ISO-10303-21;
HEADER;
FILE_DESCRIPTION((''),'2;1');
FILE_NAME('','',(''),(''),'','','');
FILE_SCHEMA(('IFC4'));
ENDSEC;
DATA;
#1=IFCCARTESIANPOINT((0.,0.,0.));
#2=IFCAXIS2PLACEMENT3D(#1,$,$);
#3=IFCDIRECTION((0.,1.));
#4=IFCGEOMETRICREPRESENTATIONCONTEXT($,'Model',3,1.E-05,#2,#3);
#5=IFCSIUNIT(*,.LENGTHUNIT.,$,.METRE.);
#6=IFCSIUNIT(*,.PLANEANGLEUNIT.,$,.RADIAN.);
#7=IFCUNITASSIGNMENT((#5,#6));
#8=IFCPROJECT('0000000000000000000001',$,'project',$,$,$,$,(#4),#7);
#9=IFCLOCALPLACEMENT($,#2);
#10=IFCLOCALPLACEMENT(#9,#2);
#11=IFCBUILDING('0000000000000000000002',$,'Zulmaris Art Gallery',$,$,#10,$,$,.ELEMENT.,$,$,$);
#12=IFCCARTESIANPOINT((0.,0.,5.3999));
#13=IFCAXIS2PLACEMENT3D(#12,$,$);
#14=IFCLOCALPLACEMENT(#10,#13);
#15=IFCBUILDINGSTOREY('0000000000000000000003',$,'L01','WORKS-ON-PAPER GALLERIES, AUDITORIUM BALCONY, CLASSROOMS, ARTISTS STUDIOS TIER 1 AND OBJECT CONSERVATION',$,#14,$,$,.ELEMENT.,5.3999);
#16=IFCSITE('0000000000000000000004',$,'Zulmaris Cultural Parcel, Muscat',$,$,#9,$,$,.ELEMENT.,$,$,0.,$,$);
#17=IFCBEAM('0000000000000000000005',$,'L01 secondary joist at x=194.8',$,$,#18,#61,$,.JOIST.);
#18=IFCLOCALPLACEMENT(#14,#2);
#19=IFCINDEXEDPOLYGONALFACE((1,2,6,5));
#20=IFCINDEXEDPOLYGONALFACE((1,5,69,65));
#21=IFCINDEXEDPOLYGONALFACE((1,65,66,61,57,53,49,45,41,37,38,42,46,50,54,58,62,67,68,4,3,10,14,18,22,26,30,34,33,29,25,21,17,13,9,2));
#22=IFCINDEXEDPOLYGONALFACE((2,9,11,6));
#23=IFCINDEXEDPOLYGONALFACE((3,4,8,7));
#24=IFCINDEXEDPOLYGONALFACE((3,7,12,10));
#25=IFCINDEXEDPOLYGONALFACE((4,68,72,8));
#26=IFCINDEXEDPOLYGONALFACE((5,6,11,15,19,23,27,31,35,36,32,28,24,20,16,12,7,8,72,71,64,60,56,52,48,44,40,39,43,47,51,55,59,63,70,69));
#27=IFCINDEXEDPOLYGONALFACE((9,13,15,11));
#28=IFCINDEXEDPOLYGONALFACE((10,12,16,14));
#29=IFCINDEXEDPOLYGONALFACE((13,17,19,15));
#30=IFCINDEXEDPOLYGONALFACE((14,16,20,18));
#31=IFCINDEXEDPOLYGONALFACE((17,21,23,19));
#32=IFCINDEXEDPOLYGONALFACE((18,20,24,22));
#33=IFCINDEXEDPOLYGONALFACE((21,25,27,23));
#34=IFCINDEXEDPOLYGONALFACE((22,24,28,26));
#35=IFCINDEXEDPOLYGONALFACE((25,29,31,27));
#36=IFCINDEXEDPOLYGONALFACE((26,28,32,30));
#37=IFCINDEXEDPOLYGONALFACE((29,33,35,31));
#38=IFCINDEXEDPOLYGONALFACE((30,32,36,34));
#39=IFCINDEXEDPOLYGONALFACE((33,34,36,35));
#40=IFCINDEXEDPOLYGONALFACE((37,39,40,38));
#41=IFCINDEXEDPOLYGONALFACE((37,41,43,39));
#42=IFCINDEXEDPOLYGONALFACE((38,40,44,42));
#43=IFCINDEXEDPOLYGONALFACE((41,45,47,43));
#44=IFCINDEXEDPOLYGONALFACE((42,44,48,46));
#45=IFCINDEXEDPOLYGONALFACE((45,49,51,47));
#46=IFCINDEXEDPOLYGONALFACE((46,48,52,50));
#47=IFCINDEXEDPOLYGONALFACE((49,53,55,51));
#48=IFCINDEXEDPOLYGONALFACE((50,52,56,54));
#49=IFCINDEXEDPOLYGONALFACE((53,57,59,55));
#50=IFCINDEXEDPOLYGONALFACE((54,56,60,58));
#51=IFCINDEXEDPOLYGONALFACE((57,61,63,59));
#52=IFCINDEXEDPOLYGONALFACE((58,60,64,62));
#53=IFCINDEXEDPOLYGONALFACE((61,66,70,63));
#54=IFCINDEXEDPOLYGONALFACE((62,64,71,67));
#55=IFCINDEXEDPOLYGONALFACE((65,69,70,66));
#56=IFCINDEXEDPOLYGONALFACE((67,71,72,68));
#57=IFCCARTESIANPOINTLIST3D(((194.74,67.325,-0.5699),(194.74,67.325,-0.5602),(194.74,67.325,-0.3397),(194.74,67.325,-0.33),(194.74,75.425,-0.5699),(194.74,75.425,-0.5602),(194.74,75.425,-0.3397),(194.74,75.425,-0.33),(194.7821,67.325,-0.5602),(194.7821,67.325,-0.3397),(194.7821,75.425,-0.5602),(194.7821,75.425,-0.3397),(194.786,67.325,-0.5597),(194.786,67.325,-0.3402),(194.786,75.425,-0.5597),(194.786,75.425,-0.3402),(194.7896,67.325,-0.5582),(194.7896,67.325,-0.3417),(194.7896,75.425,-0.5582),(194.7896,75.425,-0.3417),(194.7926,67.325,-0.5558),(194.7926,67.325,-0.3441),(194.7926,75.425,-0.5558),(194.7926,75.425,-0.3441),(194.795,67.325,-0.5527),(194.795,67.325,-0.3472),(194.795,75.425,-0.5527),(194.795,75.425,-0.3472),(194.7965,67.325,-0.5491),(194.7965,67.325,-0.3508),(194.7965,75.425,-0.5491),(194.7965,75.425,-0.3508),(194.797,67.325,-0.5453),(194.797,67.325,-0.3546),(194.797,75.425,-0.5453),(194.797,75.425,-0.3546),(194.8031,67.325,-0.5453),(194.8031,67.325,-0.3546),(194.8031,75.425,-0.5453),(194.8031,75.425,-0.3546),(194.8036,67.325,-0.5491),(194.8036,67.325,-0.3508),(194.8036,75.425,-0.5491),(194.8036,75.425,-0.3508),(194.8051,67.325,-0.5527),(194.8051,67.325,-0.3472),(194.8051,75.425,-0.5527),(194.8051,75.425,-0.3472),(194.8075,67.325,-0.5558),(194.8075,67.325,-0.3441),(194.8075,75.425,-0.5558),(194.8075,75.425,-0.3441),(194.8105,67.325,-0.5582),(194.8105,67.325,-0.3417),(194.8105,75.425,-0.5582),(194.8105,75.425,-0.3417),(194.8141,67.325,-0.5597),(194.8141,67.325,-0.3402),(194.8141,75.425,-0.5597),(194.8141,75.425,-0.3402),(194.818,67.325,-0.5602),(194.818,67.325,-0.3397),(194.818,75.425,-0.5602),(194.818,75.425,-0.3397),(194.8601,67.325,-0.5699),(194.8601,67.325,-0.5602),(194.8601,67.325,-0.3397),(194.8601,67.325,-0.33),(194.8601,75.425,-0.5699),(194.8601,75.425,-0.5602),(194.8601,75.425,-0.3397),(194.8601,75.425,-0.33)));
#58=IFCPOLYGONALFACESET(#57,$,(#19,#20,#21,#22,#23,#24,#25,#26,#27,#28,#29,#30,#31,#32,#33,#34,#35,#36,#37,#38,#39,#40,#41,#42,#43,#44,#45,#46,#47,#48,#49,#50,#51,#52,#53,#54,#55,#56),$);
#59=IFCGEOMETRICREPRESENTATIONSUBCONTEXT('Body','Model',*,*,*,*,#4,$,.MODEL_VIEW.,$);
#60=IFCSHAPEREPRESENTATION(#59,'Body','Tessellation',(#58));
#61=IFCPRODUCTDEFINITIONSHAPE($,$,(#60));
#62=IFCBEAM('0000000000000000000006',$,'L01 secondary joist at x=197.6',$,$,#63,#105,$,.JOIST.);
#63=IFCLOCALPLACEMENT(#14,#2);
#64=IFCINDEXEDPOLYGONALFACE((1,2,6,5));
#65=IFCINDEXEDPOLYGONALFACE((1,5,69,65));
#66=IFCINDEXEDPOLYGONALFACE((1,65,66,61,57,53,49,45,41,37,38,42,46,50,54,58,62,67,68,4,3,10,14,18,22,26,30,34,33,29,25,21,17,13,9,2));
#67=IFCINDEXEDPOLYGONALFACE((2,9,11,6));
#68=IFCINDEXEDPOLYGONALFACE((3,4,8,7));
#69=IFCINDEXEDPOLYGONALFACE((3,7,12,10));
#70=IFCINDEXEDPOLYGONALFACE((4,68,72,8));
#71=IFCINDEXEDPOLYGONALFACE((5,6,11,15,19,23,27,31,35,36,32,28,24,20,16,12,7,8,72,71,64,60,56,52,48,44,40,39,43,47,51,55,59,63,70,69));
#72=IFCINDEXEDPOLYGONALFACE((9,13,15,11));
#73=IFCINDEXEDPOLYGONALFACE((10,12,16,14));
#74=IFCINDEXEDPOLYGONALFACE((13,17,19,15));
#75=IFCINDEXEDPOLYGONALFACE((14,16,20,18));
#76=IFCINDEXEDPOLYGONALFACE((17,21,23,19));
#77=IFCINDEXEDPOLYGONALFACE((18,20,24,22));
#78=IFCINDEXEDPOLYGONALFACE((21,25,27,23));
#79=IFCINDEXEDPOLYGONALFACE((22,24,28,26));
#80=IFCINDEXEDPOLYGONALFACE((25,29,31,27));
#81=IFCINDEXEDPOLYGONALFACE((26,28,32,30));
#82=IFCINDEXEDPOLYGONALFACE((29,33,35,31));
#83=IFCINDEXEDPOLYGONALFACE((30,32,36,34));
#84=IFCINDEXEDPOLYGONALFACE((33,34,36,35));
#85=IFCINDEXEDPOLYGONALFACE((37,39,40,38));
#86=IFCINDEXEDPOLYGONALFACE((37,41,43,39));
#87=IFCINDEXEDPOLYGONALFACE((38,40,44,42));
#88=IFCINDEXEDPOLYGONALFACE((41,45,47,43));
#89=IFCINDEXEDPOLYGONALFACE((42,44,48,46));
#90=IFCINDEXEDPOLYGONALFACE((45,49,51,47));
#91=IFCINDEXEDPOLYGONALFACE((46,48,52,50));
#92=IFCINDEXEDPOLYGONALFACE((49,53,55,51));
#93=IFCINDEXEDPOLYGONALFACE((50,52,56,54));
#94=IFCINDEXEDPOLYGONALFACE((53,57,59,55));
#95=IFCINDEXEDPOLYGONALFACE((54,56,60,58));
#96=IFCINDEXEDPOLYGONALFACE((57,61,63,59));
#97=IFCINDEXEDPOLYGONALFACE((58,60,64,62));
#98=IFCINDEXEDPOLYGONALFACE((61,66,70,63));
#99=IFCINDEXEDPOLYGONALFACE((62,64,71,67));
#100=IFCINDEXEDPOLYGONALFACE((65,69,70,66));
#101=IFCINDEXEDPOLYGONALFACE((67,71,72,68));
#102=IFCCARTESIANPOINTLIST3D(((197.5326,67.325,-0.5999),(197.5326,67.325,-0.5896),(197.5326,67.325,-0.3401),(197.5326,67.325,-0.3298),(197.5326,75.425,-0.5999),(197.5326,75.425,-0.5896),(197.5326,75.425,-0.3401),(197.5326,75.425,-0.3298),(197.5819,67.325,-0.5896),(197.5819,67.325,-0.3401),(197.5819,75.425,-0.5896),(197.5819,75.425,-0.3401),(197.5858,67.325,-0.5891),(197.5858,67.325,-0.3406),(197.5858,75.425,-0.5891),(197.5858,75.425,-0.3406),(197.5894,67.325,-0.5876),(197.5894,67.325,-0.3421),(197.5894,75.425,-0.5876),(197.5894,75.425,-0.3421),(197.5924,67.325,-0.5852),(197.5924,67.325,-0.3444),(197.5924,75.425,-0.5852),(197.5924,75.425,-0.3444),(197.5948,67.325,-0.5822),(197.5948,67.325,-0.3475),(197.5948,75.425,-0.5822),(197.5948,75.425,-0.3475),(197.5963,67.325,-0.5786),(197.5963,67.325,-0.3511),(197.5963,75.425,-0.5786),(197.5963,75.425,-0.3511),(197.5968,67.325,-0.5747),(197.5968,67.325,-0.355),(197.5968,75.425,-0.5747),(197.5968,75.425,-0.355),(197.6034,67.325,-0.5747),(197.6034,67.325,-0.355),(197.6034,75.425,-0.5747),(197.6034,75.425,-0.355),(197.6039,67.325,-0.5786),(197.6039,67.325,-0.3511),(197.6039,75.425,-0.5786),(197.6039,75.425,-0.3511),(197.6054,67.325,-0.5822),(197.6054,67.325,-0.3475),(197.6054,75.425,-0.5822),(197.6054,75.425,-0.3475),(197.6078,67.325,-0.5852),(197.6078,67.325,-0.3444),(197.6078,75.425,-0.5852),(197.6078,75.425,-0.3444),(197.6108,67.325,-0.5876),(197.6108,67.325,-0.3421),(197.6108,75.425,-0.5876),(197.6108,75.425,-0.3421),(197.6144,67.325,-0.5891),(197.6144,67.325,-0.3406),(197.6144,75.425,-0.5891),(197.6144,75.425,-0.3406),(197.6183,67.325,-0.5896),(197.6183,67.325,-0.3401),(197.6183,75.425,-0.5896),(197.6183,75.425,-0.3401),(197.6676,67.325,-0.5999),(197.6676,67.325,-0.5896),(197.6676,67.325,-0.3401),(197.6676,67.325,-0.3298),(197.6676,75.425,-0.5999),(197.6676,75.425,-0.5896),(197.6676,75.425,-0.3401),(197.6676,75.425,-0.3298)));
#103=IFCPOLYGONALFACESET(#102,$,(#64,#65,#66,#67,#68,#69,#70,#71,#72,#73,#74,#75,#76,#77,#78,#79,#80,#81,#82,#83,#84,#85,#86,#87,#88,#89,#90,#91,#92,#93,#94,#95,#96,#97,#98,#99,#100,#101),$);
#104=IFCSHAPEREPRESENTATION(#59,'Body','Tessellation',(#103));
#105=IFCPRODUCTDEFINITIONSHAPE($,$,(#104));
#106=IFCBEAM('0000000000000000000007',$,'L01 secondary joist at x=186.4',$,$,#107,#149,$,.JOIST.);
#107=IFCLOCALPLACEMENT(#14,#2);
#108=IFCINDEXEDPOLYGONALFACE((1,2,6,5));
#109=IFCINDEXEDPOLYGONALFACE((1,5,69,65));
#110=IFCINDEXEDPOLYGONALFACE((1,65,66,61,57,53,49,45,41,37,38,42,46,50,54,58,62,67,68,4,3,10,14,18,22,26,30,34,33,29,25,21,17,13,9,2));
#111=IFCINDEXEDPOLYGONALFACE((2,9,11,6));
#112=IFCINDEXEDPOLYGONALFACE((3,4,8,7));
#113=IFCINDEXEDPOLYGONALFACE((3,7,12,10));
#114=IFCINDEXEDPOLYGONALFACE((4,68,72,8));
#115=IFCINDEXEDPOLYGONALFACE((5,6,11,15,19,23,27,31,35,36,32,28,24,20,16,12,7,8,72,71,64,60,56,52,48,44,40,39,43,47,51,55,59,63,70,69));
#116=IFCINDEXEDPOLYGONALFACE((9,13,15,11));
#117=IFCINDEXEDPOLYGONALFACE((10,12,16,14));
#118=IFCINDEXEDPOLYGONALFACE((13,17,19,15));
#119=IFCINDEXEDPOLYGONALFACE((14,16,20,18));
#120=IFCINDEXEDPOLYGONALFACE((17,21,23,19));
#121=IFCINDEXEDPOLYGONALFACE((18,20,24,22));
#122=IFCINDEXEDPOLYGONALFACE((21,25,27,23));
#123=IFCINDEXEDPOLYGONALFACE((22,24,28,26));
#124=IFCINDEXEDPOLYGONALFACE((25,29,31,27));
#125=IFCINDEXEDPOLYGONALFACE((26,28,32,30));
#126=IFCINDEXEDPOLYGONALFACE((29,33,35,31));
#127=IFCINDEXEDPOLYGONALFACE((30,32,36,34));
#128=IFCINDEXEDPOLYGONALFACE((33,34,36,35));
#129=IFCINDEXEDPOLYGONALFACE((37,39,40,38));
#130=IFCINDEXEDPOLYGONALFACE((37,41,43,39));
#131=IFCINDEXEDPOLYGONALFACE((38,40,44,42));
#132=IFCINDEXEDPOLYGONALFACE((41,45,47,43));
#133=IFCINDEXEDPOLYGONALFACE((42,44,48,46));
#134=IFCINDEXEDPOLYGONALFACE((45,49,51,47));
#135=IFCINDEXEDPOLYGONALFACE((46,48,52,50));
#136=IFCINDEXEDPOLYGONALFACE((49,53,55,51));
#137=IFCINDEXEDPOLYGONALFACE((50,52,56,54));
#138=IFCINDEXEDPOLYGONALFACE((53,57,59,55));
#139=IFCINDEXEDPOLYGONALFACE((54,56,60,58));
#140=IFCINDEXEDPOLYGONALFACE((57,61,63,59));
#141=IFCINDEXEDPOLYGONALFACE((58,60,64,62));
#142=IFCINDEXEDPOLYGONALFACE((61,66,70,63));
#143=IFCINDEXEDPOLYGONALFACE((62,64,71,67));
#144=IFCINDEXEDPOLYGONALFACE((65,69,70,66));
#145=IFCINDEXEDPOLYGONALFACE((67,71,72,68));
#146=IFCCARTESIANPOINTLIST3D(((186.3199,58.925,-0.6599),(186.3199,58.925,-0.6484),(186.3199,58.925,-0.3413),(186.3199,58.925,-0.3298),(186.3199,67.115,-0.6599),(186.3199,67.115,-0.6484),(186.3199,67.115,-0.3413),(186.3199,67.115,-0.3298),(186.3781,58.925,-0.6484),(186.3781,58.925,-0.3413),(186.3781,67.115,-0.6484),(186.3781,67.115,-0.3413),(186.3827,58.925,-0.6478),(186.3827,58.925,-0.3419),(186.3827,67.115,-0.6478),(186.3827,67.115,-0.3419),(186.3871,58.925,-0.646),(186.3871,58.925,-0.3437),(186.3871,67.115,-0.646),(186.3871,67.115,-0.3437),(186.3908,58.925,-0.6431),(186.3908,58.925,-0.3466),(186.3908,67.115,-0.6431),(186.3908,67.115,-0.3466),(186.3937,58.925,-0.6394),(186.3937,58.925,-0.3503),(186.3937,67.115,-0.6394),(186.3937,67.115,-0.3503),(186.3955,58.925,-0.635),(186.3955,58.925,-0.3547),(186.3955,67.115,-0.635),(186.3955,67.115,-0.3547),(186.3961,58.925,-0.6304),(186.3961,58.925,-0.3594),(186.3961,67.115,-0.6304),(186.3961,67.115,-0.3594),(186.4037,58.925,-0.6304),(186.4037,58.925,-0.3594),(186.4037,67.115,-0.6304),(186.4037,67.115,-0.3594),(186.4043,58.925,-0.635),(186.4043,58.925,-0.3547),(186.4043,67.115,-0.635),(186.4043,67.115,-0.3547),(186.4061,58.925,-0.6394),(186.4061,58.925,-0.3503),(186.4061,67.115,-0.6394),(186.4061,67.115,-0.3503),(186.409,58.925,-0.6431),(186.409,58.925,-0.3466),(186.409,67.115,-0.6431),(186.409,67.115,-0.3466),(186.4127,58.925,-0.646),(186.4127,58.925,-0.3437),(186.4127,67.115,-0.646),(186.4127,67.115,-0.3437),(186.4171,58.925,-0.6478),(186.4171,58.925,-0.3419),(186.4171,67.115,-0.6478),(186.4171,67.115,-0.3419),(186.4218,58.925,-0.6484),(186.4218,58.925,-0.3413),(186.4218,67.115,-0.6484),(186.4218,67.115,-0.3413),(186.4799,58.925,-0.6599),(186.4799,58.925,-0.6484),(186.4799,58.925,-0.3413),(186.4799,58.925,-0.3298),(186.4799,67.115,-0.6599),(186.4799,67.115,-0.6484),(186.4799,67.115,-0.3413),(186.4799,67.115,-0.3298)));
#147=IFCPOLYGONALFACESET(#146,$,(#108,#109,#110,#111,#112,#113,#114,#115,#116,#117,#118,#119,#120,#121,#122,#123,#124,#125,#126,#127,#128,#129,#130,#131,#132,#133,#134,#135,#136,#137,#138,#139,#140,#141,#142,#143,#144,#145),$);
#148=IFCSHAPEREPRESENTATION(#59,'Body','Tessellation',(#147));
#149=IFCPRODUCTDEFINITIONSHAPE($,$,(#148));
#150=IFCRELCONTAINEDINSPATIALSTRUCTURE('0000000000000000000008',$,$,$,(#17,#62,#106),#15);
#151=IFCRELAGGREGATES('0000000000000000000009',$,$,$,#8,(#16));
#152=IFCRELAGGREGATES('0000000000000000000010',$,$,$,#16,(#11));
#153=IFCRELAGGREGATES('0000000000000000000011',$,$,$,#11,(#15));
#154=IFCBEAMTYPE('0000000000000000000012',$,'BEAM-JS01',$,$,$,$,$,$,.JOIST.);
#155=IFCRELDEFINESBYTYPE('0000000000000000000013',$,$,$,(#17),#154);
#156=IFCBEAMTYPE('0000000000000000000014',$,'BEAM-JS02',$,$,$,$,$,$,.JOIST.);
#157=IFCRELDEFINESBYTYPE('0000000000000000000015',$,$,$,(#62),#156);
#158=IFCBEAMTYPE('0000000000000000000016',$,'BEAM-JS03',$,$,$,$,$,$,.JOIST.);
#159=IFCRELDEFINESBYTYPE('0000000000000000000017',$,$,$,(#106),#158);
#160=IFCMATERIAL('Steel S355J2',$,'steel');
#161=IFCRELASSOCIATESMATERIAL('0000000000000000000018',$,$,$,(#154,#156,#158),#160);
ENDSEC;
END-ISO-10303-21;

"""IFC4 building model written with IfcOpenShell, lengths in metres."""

from ifc_helpers import new_model, si_unit, direction, frame, origin, origin_2d, place, context, subcontext, project, spatial, i_section, extrude, material, material_profile, profile_set, type_object, element, save


model = new_model("IFC4")

# Units and contexts
model_context = context("Model", 3, precision=1e-05, world=origin(), true_north=direction((0.0, 1.0)))
body_context = subcontext(model_context, "Body", "Model", "MODEL_VIEW")
ifc_project = project(units=[si_unit("LENGTHUNIT", "METRE"), si_unit("PLANEANGLEUNIT", "RADIAN")], contexts=[model_context])

# Site, building, storey
site_placement = place(None, origin())
site = spatial("IfcSite", under=ifc_project, at=site_placement, Name="Zulmaris Cultural Parcel, Muscat", CompositionType="ELEMENT", RefElevation=0.0)
building_placement = place(site_placement, origin())
building = spatial("IfcBuilding", under=site, at=building_placement, Name="Zulmaris Art Gallery", CompositionType="ELEMENT")
storey_placement = place(building_placement, frame((0.0, 0.0, 5.3999)))
storey = spatial("IfcBuildingStorey", under=building, at=storey_placement, Name="L01", Description="WORKS-ON-PAPER GALLERIES, AUDITORIUM BALCONY, CLASSROOMS, ARTISTS STUDIOS TIER 1 AND OBJECT CONSERVATION", CompositionType="ELEMENT", Elevation=5.3999)

# Beams
ifc_material_1 = material(Name="Steel S355J2", Category="steel")
ifc_material_profile_1 = material_profile(ifc_material_1, i_section(OverallWidth=0.1201, OverallDepth=0.24, WebThickness=0.0061, FlangeThickness=0.0098, FilletRadius=0.0149, at=origin_2d()), Name="IPE 240")
ifc_profile_set_1 = profile_set([ifc_material_profile_1], Name="Steel S355J2")
beam_type_1 = type_object("IfcBeamType", Name="BEAM-JS01", PredefinedType="JOIST", material=ifc_profile_set_1)
beam_1_placement = place(storey_placement, frame((194.8, 67.325, -0.45), z_axis=(0.0, 1.0, 0.0), x_axis=(-1.0, 0.0, 0.0)))
element("IfcBeam", 1, at=beam_1_placement, inside=storey, type_object=beam_type_1, Name="L01 secondary joist at x=194.8", PredefinedType="JOIST", context=body_context, shape_type="SweptSolid", body=[
    extrude(i_section(OverallWidth=0.1201, OverallDepth=0.24, WebThickness=0.0061, FlangeThickness=0.0098, FilletRadius=0.0149, at=origin_2d()), origin(), (0.0, 0.0, 1.0), 8.1001),
])
ifc_material_profile_2 = material_profile(ifc_material_1, i_section(OverallWidth=0.135, OverallDepth=0.27, WebThickness=0.0066, FlangeThickness=0.0103, FilletRadius=0.0149, at=origin_2d()), Name="IPE 270")
ifc_profile_set_2 = profile_set([ifc_material_profile_2], Name="Steel S355J2")
beam_type_2 = type_object("IfcBeamType", Name="BEAM-JS02", PredefinedType="JOIST", material=ifc_profile_set_2)
beam_2_placement = place(storey_placement, frame((197.6001, 67.325, -0.4648), z_axis=(0.0, 1.0, 0.0), x_axis=(-1.0, 0.0, 0.0)))
element("IfcBeam", 2, at=beam_2_placement, inside=storey, type_object=beam_type_2, Name="L01 secondary joist at x=197.6", PredefinedType="JOIST", context=body_context, shape_type="SweptSolid", body=[
    extrude(i_section(OverallWidth=0.135, OverallDepth=0.27, WebThickness=0.0066, FlangeThickness=0.0103, FilletRadius=0.0149, at=origin_2d()), origin(), (0.0, 0.0, 1.0), 8.1001),
])
ifc_material_profile_3 = material_profile(ifc_material_1, i_section(OverallWidth=0.1599, OverallDepth=0.3301, WebThickness=0.0076, FlangeThickness=0.0115, FilletRadius=0.0181, at=origin_2d()), Name="IPE 330")
ifc_profile_set_3 = profile_set([ifc_material_profile_3], Name="Steel S355J2")
beam_type_3 = type_object("IfcBeamType", Name="BEAM-JS03", PredefinedType="JOIST", material=ifc_profile_set_3)
beam_3_placement = place(storey_placement, frame((186.3999, 58.925, -0.4949), z_axis=(0.0, 1.0, 0.0), x_axis=(-1.0, 0.0, 0.0)))
element("IfcBeam", 3, at=beam_3_placement, inside=storey, type_object=beam_type_3, Name="L01 secondary joist at x=186.4", PredefinedType="JOIST", context=body_context, shape_type="SweptSolid", body=[
    extrude(i_section(OverallWidth=0.1599, OverallDepth=0.3301, WebThickness=0.0076, FlangeThickness=0.0115, FilletRadius=0.0181, at=origin_2d()), origin(), (0.0, 0.0, 1.0), 8.1899),
])

save(model, "model.ifc")
